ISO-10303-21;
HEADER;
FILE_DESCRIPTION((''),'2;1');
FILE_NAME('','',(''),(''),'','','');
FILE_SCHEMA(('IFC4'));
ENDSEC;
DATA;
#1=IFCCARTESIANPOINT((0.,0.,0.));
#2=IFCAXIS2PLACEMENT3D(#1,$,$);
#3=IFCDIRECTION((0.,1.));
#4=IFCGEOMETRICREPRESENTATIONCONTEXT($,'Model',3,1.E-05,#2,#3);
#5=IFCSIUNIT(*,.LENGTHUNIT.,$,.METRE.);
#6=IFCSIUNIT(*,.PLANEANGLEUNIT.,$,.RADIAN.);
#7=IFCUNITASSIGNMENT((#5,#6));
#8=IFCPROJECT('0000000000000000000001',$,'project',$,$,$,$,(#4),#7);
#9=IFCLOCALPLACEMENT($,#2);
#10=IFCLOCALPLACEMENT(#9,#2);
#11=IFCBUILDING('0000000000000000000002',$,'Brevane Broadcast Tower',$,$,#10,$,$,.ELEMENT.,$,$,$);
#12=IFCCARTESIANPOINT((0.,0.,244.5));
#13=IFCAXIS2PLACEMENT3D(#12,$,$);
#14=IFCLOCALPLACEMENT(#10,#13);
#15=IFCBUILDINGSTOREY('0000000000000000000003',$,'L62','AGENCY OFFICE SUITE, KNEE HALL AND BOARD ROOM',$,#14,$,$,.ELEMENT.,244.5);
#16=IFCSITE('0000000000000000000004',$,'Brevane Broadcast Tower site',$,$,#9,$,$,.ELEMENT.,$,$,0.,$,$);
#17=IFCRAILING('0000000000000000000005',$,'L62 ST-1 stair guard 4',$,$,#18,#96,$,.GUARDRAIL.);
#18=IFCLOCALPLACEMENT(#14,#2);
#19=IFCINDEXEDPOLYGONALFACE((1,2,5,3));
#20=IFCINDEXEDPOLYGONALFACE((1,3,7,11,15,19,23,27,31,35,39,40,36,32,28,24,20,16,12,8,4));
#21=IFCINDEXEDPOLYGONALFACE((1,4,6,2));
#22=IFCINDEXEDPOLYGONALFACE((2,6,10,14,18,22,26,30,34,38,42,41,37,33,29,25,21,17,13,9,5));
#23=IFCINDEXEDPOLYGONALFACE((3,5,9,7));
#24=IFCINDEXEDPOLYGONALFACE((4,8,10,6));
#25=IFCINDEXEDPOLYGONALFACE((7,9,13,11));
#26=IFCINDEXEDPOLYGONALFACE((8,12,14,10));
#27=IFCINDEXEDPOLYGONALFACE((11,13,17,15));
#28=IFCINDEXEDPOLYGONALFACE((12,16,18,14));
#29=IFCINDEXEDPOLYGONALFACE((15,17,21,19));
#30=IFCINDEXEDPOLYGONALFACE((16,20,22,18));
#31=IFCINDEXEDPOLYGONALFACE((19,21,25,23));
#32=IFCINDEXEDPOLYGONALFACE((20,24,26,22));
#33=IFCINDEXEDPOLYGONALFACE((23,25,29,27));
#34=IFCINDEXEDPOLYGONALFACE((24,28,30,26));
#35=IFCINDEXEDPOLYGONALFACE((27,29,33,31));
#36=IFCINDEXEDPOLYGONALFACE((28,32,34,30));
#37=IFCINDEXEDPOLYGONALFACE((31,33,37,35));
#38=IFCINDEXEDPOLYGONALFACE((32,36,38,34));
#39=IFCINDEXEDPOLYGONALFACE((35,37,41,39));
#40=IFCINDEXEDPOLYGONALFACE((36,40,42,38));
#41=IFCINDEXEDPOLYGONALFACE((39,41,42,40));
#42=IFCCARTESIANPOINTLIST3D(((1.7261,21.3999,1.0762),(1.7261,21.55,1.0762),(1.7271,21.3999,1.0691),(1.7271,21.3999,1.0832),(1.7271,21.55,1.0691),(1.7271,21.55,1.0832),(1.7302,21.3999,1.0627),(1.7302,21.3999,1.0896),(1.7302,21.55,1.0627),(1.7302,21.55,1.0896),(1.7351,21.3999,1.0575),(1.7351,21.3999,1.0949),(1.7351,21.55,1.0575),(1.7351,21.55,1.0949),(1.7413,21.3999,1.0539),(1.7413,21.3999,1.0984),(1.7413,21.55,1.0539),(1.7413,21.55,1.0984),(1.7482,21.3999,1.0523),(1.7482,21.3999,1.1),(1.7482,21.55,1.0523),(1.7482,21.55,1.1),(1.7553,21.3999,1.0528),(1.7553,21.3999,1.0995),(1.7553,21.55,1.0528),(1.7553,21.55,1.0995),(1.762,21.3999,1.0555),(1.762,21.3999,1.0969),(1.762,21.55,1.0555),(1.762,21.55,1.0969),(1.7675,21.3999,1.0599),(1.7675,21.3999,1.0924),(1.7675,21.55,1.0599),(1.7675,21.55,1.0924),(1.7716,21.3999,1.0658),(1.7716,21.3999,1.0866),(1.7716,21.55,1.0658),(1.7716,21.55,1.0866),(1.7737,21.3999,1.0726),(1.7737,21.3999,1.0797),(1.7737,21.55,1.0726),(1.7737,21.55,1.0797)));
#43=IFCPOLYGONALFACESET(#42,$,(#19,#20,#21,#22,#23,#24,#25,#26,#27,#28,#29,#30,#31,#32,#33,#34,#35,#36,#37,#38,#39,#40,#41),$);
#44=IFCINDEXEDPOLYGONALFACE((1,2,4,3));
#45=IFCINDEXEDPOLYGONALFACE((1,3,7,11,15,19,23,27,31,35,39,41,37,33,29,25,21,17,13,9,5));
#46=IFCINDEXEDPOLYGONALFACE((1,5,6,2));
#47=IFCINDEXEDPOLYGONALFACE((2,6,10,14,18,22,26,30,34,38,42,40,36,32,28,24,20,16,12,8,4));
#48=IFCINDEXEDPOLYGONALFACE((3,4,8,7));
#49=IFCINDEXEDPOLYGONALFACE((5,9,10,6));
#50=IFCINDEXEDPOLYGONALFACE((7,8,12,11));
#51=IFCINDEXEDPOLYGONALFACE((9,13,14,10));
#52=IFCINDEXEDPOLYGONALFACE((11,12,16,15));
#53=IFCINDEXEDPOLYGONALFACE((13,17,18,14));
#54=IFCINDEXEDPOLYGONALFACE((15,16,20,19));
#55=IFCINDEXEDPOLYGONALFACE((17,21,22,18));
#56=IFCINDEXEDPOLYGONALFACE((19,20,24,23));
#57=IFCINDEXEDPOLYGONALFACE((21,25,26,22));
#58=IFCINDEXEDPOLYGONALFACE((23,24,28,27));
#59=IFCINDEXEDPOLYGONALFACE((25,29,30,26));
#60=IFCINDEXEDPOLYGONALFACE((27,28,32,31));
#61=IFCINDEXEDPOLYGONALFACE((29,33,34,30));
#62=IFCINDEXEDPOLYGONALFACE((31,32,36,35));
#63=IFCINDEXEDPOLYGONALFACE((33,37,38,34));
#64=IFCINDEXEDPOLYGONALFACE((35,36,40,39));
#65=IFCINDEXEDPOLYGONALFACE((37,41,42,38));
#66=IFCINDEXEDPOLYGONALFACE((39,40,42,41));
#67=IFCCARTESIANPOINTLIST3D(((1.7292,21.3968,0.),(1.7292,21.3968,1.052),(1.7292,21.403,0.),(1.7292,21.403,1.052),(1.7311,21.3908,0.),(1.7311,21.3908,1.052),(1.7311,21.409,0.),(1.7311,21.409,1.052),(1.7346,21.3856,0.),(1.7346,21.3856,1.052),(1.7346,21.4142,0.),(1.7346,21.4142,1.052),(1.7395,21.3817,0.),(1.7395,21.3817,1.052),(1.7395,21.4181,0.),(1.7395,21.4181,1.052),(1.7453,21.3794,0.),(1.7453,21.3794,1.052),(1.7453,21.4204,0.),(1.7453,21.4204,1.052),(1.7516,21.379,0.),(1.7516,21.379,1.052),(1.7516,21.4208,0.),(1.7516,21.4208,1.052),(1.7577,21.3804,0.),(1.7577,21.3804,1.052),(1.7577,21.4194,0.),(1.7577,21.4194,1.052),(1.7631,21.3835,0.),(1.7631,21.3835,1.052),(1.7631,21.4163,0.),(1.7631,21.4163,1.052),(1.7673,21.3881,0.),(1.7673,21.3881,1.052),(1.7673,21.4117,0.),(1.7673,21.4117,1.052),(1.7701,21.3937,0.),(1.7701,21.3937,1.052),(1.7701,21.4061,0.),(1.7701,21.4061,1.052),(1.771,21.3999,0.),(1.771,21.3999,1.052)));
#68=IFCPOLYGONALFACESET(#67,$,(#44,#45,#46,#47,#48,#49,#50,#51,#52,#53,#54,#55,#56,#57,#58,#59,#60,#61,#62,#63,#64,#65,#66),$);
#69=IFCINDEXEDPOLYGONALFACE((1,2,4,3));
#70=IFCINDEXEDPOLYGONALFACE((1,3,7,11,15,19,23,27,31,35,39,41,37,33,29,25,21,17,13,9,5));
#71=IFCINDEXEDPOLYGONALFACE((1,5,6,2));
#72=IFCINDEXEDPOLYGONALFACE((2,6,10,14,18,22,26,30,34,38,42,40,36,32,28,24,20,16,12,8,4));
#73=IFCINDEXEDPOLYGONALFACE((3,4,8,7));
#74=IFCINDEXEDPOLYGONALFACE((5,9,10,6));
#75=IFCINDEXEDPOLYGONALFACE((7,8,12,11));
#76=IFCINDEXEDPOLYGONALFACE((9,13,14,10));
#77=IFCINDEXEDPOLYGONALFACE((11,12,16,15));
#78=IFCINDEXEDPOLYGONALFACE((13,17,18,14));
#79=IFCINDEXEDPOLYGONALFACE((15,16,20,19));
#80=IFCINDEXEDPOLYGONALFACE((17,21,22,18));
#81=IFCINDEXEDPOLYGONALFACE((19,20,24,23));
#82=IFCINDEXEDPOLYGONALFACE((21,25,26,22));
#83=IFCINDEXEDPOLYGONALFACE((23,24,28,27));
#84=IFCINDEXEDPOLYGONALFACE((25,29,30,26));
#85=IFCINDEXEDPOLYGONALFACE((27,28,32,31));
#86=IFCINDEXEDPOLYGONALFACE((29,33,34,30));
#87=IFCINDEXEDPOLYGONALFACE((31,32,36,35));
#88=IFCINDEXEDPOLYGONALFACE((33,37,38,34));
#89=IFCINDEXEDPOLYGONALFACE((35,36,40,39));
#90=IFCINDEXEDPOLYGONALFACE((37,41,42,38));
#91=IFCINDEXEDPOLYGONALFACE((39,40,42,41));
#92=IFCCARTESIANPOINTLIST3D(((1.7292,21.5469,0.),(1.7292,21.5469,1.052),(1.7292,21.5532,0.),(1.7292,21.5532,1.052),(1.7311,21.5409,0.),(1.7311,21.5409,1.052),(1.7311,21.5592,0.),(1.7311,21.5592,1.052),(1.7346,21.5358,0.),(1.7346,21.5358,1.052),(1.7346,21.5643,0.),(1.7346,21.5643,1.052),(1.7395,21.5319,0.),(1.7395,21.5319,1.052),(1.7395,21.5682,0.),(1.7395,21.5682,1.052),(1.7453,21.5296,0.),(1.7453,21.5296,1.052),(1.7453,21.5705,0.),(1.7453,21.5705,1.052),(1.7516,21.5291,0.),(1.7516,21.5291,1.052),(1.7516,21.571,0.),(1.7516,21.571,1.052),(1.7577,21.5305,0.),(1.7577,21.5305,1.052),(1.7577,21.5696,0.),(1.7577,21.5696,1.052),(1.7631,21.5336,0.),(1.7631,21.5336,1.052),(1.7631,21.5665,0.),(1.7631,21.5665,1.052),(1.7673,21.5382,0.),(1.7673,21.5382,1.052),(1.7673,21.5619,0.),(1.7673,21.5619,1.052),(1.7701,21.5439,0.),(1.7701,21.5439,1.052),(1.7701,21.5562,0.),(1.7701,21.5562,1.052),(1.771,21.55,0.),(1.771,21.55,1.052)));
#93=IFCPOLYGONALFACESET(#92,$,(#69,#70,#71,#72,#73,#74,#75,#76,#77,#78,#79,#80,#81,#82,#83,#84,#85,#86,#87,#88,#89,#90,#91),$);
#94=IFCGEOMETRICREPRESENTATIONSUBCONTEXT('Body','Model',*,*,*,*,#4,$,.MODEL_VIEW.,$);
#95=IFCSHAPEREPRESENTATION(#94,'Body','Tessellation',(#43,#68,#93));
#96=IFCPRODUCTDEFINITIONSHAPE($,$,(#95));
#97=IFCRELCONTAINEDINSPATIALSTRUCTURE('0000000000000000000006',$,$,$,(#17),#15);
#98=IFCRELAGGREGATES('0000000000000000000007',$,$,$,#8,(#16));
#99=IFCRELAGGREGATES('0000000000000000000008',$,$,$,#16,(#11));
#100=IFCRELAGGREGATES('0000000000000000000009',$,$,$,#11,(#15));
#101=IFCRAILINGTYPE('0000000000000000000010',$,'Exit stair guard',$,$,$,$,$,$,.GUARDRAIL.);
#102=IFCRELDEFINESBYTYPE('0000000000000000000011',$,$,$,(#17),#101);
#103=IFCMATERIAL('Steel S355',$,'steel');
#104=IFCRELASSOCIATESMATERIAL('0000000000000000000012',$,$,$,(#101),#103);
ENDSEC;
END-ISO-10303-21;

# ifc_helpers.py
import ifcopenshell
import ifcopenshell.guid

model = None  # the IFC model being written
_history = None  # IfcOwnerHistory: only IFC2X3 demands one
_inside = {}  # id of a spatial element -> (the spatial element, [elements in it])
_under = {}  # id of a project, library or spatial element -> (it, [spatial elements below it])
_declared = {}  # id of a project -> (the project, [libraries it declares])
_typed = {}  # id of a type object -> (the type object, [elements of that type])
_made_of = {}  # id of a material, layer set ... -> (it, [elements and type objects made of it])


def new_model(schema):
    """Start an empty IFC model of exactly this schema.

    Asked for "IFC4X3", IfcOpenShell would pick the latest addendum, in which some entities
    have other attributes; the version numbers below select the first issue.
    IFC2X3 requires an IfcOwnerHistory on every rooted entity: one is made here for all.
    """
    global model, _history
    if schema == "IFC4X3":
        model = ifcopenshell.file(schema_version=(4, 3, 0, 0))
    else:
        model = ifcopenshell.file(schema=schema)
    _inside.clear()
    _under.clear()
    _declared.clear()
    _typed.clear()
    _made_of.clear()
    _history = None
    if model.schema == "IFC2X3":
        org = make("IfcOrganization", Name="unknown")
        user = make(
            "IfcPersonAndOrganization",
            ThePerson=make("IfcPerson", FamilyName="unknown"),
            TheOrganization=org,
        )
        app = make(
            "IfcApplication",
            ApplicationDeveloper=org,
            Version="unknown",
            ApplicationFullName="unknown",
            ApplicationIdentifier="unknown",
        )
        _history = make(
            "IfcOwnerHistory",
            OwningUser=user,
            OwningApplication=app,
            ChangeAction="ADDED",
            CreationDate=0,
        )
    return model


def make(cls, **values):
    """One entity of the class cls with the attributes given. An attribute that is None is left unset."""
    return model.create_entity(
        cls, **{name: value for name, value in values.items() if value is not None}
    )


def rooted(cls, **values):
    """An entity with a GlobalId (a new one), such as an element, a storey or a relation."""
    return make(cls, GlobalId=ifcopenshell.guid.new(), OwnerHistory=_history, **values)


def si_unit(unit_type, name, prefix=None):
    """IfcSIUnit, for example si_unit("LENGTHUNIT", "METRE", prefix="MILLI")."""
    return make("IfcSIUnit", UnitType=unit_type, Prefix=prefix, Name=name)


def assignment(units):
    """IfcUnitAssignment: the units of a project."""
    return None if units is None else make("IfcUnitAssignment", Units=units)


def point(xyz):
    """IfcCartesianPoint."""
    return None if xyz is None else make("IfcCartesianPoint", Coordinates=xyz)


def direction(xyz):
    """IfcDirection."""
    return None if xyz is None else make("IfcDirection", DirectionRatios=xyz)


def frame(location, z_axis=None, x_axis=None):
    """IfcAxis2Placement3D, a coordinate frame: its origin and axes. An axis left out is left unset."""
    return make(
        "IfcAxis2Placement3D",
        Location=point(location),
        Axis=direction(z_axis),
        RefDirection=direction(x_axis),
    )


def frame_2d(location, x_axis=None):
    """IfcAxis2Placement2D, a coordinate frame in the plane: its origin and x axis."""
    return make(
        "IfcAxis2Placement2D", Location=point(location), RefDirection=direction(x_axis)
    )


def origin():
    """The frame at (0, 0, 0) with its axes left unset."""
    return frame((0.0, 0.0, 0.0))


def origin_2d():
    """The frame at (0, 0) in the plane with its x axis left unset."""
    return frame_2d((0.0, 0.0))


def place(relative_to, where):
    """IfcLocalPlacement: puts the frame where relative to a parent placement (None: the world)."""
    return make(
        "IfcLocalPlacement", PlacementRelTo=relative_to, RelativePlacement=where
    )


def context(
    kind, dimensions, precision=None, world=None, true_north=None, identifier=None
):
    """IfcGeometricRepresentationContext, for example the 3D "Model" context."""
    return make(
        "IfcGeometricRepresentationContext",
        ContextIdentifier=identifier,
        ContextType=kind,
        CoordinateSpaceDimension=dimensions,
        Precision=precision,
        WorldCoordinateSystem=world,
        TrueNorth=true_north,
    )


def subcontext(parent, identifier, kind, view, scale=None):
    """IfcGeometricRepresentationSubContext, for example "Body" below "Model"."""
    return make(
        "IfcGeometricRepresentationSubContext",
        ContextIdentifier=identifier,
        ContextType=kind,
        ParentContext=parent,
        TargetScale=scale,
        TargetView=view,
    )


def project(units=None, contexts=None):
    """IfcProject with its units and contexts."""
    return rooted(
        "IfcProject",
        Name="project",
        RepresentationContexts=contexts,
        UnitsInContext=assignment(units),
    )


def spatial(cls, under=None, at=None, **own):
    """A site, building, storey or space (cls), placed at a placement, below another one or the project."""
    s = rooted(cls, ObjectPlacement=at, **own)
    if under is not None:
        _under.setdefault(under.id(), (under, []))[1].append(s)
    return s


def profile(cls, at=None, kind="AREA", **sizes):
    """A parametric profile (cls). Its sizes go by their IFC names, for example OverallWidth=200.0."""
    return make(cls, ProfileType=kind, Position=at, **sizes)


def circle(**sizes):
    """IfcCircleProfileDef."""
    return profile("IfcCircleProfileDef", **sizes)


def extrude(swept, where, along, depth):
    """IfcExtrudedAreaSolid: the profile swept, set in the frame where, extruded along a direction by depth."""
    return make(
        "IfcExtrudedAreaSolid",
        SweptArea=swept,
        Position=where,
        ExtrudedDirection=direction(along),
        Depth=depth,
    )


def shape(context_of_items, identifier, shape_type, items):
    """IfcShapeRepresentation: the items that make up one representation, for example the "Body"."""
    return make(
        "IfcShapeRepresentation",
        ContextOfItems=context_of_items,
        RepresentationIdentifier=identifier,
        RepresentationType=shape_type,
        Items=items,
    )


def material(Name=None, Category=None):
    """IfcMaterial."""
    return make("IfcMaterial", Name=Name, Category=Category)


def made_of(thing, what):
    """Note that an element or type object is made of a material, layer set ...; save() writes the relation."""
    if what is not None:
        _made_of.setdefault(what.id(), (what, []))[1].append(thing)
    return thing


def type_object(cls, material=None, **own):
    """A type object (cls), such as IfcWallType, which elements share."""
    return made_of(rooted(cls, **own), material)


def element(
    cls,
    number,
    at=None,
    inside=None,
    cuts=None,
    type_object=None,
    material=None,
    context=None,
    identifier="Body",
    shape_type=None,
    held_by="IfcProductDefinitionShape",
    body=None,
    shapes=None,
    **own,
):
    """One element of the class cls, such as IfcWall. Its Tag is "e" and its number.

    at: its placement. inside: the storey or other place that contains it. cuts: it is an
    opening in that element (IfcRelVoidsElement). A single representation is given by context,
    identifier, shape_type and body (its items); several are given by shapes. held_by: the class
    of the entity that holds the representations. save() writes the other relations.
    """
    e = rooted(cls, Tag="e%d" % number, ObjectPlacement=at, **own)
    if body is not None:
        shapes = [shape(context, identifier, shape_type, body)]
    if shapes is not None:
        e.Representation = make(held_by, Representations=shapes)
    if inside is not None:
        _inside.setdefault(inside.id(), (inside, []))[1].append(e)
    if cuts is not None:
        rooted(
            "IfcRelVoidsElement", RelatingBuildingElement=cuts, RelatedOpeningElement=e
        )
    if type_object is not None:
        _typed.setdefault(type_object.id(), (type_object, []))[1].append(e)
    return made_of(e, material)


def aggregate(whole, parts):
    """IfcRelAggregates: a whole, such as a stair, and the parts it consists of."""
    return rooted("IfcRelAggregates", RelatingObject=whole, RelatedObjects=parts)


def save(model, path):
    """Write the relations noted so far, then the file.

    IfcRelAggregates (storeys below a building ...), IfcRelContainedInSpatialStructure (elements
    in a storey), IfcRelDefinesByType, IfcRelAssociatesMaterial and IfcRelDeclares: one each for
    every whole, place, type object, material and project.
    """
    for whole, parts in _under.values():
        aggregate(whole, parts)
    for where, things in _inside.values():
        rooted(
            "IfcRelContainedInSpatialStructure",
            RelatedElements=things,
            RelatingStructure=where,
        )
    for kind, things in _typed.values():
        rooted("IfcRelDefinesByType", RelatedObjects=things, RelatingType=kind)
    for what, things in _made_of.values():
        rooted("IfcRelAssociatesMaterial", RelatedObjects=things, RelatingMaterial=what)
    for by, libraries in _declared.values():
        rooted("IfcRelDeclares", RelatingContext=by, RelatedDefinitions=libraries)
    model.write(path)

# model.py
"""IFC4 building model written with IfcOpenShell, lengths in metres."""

from ifc_helpers import new_model, si_unit, direction, frame, origin, origin_2d, place, context, subcontext, project, spatial, circle, extrude, material, type_object, element, save


model = new_model("IFC4")

# Units and contexts
model_context = context("Model", 3, precision=1e-05, world=origin(), true_north=direction((0.0, 1.0)))
body_context = subcontext(model_context, "Body", "Model", "MODEL_VIEW")
ifc_project = project(units=[si_unit("LENGTHUNIT", "METRE"), si_unit("PLANEANGLEUNIT", "RADIAN")], contexts=[model_context])

# Site, building, storey
site_placement = place(None, origin())
site = spatial("IfcSite", under=ifc_project, at=site_placement, Name="Brevane Broadcast Tower site", CompositionType="ELEMENT", RefElevation=0.0)
building_placement = place(site_placement, origin())
building = spatial("IfcBuilding", under=site, at=building_placement, Name="Brevane Broadcast Tower", CompositionType="ELEMENT")
storey_placement = place(building_placement, frame((0.0, 0.0, 244.5)))
storey = spatial("IfcBuildingStorey", under=building, at=storey_placement, Name="L62", Description="AGENCY OFFICE SUITE, KNEE HALL AND BOARD ROOM", CompositionType="ELEMENT", Elevation=244.5)

# Railing
ifc_material_1 = material(Name="Steel S355", Category="steel")
railing_type_1 = type_object("IfcRailingType", Name="Exit stair guard", PredefinedType="GUARDRAIL", material=ifc_material_1)
railing_1_placement = place(storey_placement, frame((1.75, 21.3999, 0.0)))
element("IfcRailing", 1, at=railing_1_placement, inside=storey, type_object=railing_type_1, Name="L62 ST-1 stair guard 4", PredefinedType="GUARDRAIL", context=body_context, shape_type="SweptSolid", body=[
    extrude(circle(Radius=0.0239, at=origin_2d()), frame((0.0, 0.0, 1.0762), z_axis=(0.0, 1.0, 0.0), x_axis=(-1.0, 0.0, 0.0)), (0.0, 0.0, 1.0), 0.1501),
    extrude(circle(Radius=0.021, at=origin_2d()), origin(), (0.0, 0.0, 1.0), 1.052),
    extrude(circle(Radius=0.021, at=origin_2d()), frame((0.0, 0.1501, 0.0)), (0.0, 0.0, 1.0), 1.052),
])

save(model, "model.ifc")
